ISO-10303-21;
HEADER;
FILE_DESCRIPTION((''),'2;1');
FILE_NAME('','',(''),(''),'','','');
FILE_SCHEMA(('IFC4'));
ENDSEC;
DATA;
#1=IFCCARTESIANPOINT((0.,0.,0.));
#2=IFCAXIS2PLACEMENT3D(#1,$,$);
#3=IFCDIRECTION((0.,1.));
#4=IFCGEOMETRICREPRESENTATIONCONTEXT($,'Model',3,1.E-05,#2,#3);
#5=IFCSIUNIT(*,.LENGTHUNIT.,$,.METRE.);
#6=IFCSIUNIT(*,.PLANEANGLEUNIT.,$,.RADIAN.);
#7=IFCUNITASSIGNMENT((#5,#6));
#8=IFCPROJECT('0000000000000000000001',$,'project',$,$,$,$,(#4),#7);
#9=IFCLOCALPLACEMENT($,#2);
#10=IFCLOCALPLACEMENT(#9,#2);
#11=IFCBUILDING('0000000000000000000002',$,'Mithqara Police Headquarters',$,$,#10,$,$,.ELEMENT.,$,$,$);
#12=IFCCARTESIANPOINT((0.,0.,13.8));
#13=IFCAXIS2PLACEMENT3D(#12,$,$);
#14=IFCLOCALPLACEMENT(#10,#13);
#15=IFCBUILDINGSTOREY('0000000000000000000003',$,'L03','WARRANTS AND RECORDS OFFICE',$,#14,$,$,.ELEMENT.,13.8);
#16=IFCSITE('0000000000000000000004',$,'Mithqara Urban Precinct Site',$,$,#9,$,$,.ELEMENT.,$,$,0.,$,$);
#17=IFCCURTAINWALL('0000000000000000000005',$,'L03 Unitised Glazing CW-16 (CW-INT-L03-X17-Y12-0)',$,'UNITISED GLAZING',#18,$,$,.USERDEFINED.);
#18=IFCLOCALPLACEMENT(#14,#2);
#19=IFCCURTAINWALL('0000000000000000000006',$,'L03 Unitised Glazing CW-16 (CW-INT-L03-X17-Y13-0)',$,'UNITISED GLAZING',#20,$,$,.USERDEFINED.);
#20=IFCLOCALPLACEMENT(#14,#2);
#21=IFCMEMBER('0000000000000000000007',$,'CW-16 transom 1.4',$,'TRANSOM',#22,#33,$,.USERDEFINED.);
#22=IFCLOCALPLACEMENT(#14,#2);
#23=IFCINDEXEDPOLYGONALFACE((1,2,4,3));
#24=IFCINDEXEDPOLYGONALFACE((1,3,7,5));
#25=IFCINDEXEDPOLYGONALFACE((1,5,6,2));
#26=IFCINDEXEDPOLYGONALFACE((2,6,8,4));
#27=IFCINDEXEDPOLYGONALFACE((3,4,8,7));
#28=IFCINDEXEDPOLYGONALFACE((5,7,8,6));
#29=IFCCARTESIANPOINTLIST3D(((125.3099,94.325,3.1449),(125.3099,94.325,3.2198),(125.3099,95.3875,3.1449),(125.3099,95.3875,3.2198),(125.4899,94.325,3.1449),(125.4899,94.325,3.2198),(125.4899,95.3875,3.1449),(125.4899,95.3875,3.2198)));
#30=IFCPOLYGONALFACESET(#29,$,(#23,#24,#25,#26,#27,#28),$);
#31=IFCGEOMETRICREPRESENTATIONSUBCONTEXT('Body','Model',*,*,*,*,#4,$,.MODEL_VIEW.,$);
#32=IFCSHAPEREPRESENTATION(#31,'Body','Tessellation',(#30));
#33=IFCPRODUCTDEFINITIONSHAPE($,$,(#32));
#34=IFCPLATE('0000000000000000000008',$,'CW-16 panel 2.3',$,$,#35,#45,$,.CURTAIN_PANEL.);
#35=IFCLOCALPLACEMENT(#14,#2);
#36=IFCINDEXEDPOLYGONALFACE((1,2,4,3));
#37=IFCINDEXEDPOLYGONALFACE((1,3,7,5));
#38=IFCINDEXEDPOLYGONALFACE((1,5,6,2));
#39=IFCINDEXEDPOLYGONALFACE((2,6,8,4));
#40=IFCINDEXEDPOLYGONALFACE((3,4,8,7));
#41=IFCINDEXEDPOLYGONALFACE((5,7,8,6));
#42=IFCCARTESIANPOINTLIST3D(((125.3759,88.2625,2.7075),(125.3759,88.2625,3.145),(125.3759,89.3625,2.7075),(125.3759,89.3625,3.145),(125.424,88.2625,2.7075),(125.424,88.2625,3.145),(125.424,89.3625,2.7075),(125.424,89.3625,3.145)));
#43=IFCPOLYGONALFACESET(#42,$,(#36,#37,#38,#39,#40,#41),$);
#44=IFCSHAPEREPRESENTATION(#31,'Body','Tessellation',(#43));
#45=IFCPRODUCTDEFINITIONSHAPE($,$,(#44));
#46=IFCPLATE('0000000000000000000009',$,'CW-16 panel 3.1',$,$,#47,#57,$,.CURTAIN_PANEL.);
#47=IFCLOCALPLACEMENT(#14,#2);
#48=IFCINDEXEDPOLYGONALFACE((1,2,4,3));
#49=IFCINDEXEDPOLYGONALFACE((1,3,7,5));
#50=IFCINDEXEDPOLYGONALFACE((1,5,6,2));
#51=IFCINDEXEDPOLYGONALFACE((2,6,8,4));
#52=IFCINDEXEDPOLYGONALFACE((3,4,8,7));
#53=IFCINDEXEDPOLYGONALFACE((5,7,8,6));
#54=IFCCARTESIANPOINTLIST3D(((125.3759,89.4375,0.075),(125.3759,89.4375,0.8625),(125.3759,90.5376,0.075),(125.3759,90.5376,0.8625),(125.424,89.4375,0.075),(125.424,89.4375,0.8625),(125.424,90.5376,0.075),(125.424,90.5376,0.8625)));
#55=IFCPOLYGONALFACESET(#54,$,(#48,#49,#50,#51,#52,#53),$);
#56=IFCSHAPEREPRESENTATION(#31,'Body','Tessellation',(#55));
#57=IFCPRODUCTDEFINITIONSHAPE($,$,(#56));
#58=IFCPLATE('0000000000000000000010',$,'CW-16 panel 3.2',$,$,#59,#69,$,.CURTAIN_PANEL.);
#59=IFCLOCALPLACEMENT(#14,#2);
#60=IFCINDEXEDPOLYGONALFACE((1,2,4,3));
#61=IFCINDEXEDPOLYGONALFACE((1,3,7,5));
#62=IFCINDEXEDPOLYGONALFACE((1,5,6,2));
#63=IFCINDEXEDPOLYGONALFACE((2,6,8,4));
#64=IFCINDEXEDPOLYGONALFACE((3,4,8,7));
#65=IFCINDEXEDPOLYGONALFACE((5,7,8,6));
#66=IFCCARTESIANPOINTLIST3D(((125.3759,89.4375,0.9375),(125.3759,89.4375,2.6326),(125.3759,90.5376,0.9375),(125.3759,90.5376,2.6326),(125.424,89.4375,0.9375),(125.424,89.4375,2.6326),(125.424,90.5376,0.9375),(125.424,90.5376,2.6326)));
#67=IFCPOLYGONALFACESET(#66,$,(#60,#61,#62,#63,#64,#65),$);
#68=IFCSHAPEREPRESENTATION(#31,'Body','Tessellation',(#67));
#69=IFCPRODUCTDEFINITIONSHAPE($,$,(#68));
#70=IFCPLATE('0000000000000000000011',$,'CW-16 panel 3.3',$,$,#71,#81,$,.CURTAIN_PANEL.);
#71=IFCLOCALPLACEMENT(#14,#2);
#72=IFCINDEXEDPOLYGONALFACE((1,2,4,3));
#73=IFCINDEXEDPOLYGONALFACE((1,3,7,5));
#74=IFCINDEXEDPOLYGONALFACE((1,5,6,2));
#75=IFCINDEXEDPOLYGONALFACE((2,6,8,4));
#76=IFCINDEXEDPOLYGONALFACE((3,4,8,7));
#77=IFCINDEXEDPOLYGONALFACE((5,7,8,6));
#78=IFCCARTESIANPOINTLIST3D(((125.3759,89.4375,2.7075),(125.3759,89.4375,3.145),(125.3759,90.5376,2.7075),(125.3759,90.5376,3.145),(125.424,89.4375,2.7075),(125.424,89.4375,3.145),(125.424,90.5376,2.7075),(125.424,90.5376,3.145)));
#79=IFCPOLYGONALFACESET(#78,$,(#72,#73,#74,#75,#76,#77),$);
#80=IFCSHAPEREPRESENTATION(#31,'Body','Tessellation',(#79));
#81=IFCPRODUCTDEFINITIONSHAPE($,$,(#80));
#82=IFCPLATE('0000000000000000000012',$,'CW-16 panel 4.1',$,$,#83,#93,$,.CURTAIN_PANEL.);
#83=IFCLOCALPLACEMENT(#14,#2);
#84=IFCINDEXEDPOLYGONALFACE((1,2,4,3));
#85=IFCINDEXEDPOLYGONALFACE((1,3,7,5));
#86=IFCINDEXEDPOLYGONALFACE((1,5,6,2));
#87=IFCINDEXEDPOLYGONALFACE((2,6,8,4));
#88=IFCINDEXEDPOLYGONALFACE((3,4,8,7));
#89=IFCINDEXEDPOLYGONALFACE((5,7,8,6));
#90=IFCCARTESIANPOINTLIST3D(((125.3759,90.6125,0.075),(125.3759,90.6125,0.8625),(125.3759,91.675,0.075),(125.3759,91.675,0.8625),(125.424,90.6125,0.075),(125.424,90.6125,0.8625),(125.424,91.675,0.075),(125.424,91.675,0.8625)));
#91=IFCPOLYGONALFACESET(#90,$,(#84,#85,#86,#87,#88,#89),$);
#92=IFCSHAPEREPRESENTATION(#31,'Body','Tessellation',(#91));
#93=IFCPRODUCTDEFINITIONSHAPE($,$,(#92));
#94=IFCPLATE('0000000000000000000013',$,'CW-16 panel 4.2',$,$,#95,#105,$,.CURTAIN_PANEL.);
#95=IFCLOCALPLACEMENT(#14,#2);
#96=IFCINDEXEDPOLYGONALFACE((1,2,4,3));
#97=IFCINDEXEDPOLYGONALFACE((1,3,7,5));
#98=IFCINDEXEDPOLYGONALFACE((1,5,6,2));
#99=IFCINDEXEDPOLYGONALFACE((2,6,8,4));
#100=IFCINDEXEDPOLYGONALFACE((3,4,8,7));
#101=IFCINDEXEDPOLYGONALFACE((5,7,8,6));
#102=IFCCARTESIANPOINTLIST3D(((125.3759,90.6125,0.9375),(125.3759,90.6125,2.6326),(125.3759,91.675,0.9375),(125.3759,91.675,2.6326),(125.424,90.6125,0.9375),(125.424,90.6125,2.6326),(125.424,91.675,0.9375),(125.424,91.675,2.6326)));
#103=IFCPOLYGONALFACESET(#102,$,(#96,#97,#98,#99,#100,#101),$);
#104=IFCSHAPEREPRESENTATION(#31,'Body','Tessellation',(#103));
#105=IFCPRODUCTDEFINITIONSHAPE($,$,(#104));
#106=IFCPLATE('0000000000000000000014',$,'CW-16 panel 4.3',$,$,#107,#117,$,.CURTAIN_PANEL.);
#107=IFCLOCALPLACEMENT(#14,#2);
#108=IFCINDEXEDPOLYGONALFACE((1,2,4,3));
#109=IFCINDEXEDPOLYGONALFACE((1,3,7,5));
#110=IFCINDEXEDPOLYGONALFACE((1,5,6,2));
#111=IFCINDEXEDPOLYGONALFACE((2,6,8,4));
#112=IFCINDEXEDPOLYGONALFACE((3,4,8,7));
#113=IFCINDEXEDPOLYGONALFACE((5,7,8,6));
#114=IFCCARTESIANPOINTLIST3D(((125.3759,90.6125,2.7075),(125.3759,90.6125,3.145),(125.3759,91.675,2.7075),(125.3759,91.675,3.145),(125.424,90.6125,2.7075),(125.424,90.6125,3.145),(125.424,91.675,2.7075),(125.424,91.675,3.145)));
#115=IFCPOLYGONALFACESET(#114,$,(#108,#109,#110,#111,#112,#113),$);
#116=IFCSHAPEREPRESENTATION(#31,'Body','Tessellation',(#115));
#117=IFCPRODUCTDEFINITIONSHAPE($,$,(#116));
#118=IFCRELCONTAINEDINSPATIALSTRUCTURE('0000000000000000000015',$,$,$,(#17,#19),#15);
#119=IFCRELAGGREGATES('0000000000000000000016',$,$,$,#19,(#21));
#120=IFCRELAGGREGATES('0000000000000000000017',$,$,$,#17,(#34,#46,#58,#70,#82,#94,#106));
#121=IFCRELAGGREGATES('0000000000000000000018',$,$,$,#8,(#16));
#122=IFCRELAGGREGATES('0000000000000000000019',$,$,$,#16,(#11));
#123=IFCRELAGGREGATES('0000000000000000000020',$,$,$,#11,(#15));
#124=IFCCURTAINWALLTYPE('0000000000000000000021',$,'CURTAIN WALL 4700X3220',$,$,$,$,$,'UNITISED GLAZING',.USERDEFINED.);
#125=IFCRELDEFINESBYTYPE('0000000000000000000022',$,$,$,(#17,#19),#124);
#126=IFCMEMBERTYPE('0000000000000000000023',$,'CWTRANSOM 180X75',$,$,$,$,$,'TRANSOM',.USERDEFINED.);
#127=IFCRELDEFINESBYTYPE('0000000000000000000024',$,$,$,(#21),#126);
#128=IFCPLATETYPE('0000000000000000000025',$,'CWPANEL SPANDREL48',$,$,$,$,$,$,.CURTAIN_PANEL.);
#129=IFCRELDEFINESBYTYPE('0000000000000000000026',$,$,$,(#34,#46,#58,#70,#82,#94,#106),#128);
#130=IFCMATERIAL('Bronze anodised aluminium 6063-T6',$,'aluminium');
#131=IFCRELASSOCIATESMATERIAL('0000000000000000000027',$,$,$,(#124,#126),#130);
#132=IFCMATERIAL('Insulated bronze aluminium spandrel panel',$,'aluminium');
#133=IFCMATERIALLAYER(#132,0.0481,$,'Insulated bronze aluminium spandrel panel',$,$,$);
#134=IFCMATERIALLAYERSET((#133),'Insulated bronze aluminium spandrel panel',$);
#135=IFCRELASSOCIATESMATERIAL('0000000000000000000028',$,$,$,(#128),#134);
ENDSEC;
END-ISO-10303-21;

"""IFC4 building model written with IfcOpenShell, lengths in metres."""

from ifc_helpers import new_model, si_unit, direction, frame, origin, origin_2d, place, context, subcontext, project, spatial, rectangle, extrude, material, layer, layer_set, material_profile, profile_set, type_object, element, aggregate, save


model = new_model("IFC4")

# Units and contexts
model_context = context("Model", 3, precision=1e-05, world=origin(), true_north=direction((0.0, 1.0)))
body_context = subcontext(model_context, "Body", "Model", "MODEL_VIEW")
ifc_project = project(units=[si_unit("LENGTHUNIT", "METRE"), si_unit("PLANEANGLEUNIT", "RADIAN")], contexts=[model_context])

# Site, building, storey
site_placement = place(None, origin())
site = spatial("IfcSite", under=ifc_project, at=site_placement, Name="Mithqara Urban Precinct Site", CompositionType="ELEMENT", RefElevation=0.0)
building_placement = place(site_placement, origin())
building = spatial("IfcBuilding", under=site, at=building_placement, Name="Mithqara Police Headquarters", CompositionType="ELEMENT")
storey_placement = place(building_placement, frame((0.0, 0.0, 13.8)))
storey = spatial("IfcBuildingStorey", under=building, at=storey_placement, Name="L03", Description="WARRANTS AND RECORDS OFFICE", CompositionType="ELEMENT", Elevation=13.8)

# Curtain wall
ifc_material_1 = material(Name="Bronze anodised aluminium 6063-T6", Category="aluminium")
curtain_wall_type = type_object("IfcCurtainWallType", Name="CURTAIN WALL 4700X3220", ElementType="UNITISED GLAZING", PredefinedType="USERDEFINED", material=ifc_material_1)
curtain_wall_1_placement = place(storey_placement, origin())
curtain_wall_1 = element("IfcCurtainWall", 1, at=curtain_wall_1_placement, inside=storey, type_object=curtain_wall_type, Name="L03 Unitised Glazing CW-16 (CW-INT-L03-X17-Y12-0)", ObjectType="UNITISED GLAZING", PredefinedType="USERDEFINED")

# Curtain wall
curtain_wall_2_placement = place(storey_placement, origin())
curtain_wall_2 = element("IfcCurtainWall", 2, at=curtain_wall_2_placement, inside=storey, type_object=curtain_wall_type, Name="L03 Unitised Glazing CW-16 (CW-INT-L03-X17-Y13-0)", ObjectType="UNITISED GLAZING", PredefinedType="USERDEFINED")

# Member
ifc_material_profile_1 = material_profile(ifc_material_1, rectangle(XDim=0.1799, YDim=0.075, at=origin_2d()), Name="CWT 180x75")
ifc_profile_set_1 = profile_set([ifc_material_profile_1], Name="Bronze anodised aluminium 6063-T6")
member_type_1 = type_object("IfcMemberType", Name="CWTRANSOM 180X75", ElementType="TRANSOM", PredefinedType="USERDEFINED", material=ifc_profile_set_1)
member_1_placement = place(storey_placement, frame((125.3999, 94.325, 3.1824), z_axis=(0.0, 1.0, 0.0), x_axis=(-1.0, 0.0, 0.0)))
member_1 = element("IfcMember", 3, at=member_1_placement, type_object=member_type_1, Name="CW-16 transom 1.4", ObjectType="TRANSOM", PredefinedType="USERDEFINED", context=body_context, shape_type="SweptSolid", body=[
    extrude(rectangle(XDim=0.1799, YDim=0.075, at=origin_2d()), origin(), (0.0, 0.0, 1.0), 1.0625),
])
aggregate(curtain_wall_2, [member_1])

# Plates
ifc_material_2 = material(Name="Insulated bronze aluminium spandrel panel", Category="aluminium")
ifc_layer = layer(ifc_material_2, 0.0481, Name="Insulated bronze aluminium spandrel panel")
ifc_layer_set = layer_set([ifc_layer], Name="Insulated bronze aluminium spandrel panel")
plate_type = type_object("IfcPlateType", Name="CWPANEL SPANDREL48", PredefinedType="CURTAIN_PANEL", material=ifc_layer_set)
plate_1_placement = place(storey_placement, frame((125.3999, 88.8125, 2.7075), z_axis=(0.0, 0.0, 1.0), x_axis=(0.0, 1.0, 0.0)))
plate_1 = element("IfcPlate", 4, at=plate_1_placement, type_object=plate_type, Name="CW-16 panel 2.3", PredefinedType="CURTAIN_PANEL", context=body_context, shape_type="SweptSolid", body=[
    extrude(rectangle(XDim=1.1001, YDim=0.0481, at=origin_2d()), origin(), (0.0, 0.0, 1.0), 0.4375),
])
plate_2_placement = place(storey_placement, frame((125.3999, 89.9875, 0.075), z_axis=(0.0, 0.0, 1.0), x_axis=(0.0, 1.0, 0.0)))
plate_2 = element("IfcPlate", 5, at=plate_2_placement, type_object=plate_type, Name="CW-16 panel 3.1", PredefinedType="CURTAIN_PANEL", context=body_context, shape_type="SweptSolid", body=[
    extrude(rectangle(XDim=1.1001, YDim=0.0481, at=origin_2d()), origin(), (0.0, 0.0, 1.0), 0.7876),
])
plate_3_placement = place(storey_placement, frame((125.3999, 89.9875, 0.9375), z_axis=(0.0, 0.0, 1.0), x_axis=(0.0, 1.0, 0.0)))
plate_3 = element("IfcPlate", 6, at=plate_3_placement, type_object=plate_type, Name="CW-16 panel 3.2", PredefinedType="CURTAIN_PANEL", context=body_context, shape_type="SweptSolid", body=[
    extrude(rectangle(XDim=1.1001, YDim=0.0481, at=origin_2d()), origin(), (0.0, 0.0, 1.0), 1.6951),
])
plate_4_placement = place(storey_placement, frame((125.3999, 89.9875, 2.7075), z_axis=(0.0, 0.0, 1.0), x_axis=(0.0, 1.0, 0.0)))
plate_4 = element("IfcPlate", 7, at=plate_4_placement, type_object=plate_type, Name="CW-16 panel 3.3", PredefinedType="CURTAIN_PANEL", context=body_context, shape_type="SweptSolid", body=[
    extrude(rectangle(XDim=1.1001, YDim=0.0481, at=origin_2d()), origin(), (0.0, 0.0, 1.0), 0.4375),
])
plate_5_placement = place(storey_placement, frame((125.3999, 91.1438, 0.075), z_axis=(0.0, 0.0, 1.0), x_axis=(0.0, 1.0, 0.0)))
plate_5 = element("IfcPlate", 8, at=plate_5_placement, type_object=plate_type, Name="CW-16 panel 4.1", PredefinedType="CURTAIN_PANEL", context=body_context, shape_type="SweptSolid", body=[
    extrude(rectangle(XDim=1.0625, YDim=0.0481, at=origin_2d()), origin(), (0.0, 0.0, 1.0), 0.7876),
])
plate_6_placement = place(storey_placement, frame((125.3999, 91.1438, 0.9375), z_axis=(0.0, 0.0, 1.0), x_axis=(0.0, 1.0, 0.0)))
plate_6 = element("IfcPlate", 9, at=plate_6_placement, type_object=plate_type, Name="CW-16 panel 4.2", PredefinedType="CURTAIN_PANEL", context=body_context, shape_type="SweptSolid", body=[
    extrude(rectangle(XDim=1.0625, YDim=0.0481, at=origin_2d()), origin(), (0.0, 0.0, 1.0), 1.6951),
])
plate_7_placement = place(storey_placement, frame((125.3999, 91.1438, 2.7075), z_axis=(0.0, 0.0, 1.0), x_axis=(0.0, 1.0, 0.0)))
plate_7 = element("IfcPlate", 10, at=plate_7_placement, type_object=plate_type, Name="CW-16 panel 4.3", PredefinedType="CURTAIN_PANEL", context=body_context, shape_type="SweptSolid", body=[
    extrude(rectangle(XDim=1.0625, YDim=0.0481, at=origin_2d()), origin(), (0.0, 0.0, 1.0), 0.4375),
])
aggregate(curtain_wall_1, [plate_1, plate_2, plate_3, plate_4, plate_5, plate_6, plate_7])

save(model, "model.ifc")
